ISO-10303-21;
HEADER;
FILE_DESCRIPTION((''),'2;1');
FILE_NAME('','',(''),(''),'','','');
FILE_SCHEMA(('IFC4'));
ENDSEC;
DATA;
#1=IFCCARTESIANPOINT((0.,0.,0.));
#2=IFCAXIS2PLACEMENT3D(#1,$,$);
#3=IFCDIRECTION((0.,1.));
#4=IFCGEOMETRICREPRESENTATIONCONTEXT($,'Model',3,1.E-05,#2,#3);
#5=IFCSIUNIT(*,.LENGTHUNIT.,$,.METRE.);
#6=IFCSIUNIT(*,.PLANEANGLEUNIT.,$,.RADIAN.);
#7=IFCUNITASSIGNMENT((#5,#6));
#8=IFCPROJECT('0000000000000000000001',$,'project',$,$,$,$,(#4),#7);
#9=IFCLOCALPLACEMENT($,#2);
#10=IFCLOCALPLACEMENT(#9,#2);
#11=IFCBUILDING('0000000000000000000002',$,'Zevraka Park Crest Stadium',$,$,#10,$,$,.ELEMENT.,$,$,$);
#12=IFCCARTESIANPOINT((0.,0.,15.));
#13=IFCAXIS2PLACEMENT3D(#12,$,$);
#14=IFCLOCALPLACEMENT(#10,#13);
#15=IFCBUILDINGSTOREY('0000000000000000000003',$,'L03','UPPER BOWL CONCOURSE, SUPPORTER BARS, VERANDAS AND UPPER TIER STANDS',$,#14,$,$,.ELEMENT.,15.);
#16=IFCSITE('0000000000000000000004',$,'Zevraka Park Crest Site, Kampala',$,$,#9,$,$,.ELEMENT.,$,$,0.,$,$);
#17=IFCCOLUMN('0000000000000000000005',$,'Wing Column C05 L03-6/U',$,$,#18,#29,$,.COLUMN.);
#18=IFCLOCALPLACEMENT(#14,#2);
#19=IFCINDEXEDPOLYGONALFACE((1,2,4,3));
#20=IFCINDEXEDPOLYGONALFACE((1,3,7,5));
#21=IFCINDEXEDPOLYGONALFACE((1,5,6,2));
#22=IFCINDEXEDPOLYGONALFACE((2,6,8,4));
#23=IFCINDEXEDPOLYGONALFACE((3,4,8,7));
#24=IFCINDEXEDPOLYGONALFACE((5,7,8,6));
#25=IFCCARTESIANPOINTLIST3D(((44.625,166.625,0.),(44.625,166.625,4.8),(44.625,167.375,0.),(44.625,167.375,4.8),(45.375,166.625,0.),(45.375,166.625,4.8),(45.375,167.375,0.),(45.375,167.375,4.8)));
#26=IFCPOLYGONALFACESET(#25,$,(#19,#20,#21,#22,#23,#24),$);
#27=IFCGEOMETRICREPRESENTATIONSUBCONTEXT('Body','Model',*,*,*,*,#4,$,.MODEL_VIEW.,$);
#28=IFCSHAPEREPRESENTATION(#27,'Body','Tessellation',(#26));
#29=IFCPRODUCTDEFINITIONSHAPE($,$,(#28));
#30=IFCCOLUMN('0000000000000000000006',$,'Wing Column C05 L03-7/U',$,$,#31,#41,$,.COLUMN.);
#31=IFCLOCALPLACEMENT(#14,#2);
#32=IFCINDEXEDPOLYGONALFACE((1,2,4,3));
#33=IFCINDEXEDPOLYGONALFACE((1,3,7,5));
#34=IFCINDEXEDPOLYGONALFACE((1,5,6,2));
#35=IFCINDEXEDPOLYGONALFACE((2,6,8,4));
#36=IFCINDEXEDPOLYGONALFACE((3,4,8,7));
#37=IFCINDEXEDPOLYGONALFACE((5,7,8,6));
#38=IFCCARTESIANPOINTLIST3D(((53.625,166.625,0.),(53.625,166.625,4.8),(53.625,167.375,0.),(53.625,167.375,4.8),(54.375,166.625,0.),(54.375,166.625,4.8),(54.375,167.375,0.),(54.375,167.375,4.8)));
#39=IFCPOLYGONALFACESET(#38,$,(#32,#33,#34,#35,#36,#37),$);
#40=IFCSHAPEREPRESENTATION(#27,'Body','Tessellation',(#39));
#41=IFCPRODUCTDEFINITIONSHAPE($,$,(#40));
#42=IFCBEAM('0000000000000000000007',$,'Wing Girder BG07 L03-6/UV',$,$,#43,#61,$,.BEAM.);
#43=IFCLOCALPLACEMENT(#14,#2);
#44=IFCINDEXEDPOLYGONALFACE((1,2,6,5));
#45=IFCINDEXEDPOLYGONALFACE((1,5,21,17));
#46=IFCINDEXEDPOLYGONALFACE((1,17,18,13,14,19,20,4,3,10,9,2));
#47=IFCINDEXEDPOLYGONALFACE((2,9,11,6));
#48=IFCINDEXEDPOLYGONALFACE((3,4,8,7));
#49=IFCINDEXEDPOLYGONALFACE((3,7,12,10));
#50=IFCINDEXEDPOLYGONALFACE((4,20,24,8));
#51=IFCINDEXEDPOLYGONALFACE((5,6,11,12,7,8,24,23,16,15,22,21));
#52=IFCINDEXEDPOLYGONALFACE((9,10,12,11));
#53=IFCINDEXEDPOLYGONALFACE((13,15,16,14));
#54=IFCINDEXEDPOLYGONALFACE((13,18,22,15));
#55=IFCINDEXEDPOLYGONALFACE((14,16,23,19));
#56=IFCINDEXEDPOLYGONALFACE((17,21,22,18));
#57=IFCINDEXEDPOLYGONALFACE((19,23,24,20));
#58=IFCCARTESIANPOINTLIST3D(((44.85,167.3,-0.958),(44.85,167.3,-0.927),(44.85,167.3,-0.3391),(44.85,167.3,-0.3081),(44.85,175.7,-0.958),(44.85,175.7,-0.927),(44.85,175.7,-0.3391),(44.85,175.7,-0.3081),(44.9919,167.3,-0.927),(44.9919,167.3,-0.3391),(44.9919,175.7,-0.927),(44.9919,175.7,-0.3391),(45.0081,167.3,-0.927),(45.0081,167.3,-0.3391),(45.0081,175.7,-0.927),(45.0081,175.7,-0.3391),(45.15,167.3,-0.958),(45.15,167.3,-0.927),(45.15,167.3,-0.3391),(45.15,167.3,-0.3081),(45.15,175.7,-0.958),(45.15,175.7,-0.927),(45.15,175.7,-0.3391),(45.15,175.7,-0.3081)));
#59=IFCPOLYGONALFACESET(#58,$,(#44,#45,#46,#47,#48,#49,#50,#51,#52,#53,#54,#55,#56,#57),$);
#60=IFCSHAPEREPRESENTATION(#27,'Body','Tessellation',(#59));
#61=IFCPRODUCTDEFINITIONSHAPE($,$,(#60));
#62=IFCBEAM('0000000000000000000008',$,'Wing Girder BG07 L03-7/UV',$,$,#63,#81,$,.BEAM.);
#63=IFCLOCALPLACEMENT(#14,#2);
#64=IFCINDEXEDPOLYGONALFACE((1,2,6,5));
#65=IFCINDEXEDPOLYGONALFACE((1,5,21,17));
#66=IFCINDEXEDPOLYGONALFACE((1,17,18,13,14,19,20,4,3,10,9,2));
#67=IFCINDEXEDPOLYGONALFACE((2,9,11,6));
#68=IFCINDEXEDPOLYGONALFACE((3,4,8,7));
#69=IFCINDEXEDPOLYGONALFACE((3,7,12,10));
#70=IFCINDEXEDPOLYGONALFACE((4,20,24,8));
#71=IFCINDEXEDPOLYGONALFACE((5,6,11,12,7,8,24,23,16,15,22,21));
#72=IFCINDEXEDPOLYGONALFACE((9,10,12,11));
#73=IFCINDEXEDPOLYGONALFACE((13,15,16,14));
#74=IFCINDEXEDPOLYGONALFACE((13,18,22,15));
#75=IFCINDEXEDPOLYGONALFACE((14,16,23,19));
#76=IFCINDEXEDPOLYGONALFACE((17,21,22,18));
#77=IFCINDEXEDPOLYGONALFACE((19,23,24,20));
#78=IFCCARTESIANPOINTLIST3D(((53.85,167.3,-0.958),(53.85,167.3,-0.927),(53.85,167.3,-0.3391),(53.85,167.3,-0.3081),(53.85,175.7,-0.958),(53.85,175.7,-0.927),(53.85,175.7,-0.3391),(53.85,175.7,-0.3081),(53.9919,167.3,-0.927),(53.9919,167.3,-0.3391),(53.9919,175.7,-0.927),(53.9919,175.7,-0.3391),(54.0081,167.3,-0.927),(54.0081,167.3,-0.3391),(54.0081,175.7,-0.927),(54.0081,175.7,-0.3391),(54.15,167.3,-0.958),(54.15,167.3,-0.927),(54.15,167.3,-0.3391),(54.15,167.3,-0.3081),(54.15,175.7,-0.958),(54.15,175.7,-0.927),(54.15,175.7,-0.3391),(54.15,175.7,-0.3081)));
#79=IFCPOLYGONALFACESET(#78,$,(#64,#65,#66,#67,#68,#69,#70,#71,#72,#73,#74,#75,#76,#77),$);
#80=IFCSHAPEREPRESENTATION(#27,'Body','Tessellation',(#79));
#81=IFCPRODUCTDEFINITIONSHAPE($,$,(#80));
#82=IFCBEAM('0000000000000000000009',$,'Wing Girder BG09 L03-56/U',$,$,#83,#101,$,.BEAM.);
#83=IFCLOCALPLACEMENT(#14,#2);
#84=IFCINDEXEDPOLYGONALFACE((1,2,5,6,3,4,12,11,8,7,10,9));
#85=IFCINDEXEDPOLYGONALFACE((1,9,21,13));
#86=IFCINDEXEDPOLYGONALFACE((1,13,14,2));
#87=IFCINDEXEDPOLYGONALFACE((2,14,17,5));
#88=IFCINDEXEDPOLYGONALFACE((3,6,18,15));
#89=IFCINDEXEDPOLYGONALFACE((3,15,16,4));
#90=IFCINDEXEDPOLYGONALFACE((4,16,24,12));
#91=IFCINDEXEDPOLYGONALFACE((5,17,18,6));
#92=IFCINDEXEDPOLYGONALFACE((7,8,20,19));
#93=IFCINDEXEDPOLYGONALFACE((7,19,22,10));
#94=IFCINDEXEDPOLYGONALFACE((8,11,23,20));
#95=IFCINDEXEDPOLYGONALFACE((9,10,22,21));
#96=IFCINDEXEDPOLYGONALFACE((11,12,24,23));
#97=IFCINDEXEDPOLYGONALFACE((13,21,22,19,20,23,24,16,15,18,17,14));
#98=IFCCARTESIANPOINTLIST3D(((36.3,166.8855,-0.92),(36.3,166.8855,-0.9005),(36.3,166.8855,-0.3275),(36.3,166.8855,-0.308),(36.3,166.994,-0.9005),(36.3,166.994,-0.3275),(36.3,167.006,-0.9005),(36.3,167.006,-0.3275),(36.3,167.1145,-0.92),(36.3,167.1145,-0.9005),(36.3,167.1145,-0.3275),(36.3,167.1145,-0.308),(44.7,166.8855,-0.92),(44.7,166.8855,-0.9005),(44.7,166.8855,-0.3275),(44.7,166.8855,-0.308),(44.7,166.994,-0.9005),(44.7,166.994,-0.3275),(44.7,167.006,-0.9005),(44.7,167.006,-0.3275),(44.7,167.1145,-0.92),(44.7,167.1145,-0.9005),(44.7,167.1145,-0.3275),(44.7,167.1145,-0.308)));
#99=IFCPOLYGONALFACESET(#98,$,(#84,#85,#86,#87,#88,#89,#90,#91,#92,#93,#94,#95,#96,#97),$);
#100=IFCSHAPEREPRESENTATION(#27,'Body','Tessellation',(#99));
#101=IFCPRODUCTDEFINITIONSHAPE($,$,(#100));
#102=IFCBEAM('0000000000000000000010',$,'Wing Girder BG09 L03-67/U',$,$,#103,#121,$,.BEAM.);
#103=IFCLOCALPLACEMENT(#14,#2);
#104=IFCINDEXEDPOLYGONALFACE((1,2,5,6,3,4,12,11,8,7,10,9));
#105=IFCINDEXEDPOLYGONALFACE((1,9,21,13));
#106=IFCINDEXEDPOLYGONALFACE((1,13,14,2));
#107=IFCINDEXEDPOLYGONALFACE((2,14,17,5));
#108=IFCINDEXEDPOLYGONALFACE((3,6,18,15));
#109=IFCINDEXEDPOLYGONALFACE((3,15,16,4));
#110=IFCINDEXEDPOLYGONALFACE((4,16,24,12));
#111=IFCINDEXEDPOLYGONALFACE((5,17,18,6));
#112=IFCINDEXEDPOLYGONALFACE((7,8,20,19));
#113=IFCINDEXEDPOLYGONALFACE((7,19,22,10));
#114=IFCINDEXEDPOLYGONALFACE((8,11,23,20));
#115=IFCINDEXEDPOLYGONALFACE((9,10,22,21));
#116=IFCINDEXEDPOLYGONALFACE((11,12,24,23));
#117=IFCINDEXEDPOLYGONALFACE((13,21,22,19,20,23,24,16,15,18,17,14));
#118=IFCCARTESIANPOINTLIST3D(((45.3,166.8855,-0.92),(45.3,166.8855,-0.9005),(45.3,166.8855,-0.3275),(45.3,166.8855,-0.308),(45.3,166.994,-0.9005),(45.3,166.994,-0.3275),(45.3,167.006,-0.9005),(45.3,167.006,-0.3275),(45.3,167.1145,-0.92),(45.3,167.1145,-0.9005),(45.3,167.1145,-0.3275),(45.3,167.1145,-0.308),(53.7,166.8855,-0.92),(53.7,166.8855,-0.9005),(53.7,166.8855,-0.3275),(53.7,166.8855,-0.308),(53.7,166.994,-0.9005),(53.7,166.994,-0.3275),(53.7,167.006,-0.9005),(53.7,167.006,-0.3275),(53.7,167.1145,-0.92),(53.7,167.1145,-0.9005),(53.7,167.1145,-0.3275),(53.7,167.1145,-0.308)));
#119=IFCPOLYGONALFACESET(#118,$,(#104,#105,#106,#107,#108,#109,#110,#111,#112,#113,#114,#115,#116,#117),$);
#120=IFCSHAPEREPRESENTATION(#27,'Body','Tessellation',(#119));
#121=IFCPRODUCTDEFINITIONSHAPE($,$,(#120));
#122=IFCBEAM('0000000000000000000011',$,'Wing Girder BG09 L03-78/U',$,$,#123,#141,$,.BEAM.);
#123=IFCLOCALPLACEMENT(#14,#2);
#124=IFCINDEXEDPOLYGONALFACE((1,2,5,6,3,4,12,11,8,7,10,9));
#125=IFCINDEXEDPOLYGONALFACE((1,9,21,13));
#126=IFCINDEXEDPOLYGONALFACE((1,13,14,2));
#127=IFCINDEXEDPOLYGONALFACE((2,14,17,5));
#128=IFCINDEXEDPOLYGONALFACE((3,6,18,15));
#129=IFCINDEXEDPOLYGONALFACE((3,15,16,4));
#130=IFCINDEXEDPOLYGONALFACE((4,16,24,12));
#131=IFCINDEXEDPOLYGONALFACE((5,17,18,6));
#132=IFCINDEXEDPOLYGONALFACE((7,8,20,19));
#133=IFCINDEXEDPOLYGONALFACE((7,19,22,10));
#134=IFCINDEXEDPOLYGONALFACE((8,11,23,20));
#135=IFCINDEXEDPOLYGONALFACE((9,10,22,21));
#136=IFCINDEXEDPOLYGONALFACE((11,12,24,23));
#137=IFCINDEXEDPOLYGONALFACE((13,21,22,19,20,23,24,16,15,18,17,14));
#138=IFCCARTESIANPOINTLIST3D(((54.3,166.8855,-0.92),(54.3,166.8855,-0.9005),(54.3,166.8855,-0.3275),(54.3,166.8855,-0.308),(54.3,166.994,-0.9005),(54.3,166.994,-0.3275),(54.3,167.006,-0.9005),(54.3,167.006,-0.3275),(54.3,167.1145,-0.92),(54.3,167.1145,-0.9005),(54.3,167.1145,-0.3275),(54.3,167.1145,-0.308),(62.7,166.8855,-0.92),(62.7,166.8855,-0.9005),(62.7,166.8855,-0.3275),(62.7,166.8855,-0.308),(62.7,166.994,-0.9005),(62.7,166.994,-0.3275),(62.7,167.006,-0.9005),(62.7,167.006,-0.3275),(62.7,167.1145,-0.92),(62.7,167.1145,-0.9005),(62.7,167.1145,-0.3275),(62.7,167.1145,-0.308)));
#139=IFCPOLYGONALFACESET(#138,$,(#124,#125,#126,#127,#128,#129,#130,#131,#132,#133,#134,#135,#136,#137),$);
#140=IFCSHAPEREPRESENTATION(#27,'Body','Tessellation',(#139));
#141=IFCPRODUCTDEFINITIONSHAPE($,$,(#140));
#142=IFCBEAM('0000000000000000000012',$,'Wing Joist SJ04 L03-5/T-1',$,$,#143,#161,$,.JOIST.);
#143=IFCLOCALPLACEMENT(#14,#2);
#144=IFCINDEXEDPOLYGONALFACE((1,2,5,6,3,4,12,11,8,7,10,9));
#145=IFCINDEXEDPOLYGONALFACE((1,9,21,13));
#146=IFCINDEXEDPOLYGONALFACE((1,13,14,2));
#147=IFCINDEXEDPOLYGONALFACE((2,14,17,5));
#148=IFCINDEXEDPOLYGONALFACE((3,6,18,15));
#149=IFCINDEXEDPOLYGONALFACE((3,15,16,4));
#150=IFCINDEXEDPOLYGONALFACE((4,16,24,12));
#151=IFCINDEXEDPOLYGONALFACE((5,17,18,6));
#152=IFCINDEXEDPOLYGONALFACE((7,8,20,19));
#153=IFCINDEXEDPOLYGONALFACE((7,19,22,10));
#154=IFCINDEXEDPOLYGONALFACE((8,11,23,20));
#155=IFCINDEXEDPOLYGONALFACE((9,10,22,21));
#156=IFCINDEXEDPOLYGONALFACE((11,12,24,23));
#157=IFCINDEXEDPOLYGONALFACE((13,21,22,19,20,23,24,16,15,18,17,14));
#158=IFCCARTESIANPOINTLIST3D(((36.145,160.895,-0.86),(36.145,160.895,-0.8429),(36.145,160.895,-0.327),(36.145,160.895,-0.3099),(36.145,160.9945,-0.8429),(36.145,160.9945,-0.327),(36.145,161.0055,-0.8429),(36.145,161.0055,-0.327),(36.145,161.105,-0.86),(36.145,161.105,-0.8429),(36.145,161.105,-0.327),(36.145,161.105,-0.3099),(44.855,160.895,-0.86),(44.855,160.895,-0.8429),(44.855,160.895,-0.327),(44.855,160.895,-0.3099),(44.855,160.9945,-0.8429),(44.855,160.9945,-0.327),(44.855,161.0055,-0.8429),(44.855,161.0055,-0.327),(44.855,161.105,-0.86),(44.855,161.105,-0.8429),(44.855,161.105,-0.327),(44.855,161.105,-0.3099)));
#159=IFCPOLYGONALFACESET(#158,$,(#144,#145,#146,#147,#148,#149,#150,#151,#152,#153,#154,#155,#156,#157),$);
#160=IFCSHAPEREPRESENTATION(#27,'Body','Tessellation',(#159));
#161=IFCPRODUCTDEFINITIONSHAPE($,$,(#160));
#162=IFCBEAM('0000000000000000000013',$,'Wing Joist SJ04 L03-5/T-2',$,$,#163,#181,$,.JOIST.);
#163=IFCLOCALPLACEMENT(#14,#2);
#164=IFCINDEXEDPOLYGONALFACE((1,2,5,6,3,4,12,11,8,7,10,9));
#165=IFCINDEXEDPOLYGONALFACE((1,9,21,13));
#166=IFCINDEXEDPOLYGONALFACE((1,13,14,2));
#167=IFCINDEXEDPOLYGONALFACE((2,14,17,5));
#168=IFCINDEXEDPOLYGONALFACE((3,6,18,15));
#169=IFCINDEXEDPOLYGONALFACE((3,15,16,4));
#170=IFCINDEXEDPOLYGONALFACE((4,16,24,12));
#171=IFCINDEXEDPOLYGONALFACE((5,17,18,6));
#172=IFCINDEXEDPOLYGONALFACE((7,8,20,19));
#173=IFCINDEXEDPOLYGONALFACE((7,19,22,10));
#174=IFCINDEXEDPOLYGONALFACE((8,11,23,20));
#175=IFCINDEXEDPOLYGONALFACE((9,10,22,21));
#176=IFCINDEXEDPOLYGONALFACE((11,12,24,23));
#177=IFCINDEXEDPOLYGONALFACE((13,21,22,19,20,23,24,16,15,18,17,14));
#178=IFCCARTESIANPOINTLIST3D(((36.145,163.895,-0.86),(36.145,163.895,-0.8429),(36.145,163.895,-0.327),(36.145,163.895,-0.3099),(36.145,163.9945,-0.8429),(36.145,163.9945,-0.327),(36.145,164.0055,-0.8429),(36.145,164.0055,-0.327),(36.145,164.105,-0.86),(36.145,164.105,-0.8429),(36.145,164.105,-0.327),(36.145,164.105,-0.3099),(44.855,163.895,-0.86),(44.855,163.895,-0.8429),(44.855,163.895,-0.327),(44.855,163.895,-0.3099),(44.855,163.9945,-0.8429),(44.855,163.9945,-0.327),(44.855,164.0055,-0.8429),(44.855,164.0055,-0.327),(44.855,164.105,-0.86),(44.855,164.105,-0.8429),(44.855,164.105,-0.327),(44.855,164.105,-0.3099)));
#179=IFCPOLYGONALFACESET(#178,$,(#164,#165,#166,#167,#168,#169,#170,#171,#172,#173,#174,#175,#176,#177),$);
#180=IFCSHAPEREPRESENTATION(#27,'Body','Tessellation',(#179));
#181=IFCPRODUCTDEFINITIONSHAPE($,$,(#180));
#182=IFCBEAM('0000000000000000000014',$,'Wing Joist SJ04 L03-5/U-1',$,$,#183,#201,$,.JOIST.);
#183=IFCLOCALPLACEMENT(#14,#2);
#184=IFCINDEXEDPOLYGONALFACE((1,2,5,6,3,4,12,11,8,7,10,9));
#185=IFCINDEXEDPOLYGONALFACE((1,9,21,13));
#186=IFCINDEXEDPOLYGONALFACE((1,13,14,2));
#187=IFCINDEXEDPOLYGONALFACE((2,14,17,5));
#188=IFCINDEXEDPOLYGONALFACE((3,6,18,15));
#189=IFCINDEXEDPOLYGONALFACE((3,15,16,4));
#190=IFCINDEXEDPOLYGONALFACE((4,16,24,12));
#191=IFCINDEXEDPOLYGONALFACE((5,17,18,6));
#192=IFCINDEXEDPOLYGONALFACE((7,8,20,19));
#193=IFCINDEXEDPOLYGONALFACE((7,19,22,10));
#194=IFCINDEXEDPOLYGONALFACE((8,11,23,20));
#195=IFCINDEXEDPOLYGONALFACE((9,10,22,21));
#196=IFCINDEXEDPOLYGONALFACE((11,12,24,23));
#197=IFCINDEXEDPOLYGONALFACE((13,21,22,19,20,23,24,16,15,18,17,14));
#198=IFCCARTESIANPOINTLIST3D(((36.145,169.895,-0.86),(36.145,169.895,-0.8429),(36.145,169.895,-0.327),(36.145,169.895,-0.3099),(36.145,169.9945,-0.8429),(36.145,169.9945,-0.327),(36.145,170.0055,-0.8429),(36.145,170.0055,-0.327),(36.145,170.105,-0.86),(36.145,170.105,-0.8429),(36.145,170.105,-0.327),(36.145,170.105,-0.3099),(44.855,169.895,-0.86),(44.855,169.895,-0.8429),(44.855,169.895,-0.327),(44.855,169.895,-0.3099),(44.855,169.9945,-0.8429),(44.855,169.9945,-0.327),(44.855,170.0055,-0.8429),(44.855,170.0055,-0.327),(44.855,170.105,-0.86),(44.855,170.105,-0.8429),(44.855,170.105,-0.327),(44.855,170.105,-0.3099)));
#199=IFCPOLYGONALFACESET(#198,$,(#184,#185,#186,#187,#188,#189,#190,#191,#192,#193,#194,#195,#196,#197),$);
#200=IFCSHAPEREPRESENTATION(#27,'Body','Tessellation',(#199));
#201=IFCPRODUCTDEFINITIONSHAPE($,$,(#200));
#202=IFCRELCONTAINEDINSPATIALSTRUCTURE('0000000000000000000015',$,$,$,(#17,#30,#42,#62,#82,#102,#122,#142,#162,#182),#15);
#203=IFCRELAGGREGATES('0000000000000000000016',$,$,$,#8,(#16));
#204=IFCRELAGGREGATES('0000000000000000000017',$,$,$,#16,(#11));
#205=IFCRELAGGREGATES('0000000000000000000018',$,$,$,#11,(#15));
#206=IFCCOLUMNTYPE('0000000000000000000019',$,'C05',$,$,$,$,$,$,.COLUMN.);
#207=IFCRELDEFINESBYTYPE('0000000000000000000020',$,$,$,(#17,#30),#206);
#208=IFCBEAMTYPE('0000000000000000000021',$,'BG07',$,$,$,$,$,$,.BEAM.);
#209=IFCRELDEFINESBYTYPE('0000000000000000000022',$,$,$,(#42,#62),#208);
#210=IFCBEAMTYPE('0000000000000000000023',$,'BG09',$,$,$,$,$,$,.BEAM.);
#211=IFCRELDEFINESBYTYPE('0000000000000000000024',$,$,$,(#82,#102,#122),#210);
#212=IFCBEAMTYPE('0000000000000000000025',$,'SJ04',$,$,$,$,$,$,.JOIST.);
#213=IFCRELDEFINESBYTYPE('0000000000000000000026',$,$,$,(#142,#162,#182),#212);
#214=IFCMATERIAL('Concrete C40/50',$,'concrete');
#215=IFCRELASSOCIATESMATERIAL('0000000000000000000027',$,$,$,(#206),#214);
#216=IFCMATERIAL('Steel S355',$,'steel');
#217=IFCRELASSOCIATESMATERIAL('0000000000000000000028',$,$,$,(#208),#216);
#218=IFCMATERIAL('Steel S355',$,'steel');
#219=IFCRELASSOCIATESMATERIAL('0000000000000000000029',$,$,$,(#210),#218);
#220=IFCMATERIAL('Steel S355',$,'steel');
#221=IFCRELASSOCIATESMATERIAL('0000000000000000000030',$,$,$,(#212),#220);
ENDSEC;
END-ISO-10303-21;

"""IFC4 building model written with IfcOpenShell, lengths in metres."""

from ifc_helpers import new_model, si_unit, direction, frame, origin, origin_2d, place, context, subcontext, project, spatial, rectangle, i_section, extrude, material, material_profile, profile_set, type_object, element, save


model = new_model("IFC4")

# Units and contexts
model_context = context("Model", 3, precision=1e-05, world=origin(), true_north=direction((0.0, 1.0)))
body_context = subcontext(model_context, "Body", "Model", "MODEL_VIEW")
ifc_project = project(units=[si_unit("LENGTHUNIT", "METRE"), si_unit("PLANEANGLEUNIT", "RADIAN")], contexts=[model_context])

# Site, building, storey
site_placement = place(None, origin())
site = spatial("IfcSite", under=ifc_project, at=site_placement, Name="Zevraka Park Crest Site, Kampala", CompositionType="ELEMENT", RefElevation=0.0)
building_placement = place(site_placement, origin())
building = spatial("IfcBuilding", under=site, at=building_placement, Name="Zevraka Park Crest Stadium", CompositionType="ELEMENT")
storey_placement = place(building_placement, frame((0.0, 0.0, 15.0)))
storey = spatial("IfcBuildingStorey", under=building, at=storey_placement, Name="L03", Description="UPPER BOWL CONCOURSE, SUPPORTER BARS, VERANDAS AND UPPER TIER STANDS", CompositionType="ELEMENT", Elevation=15.0)

# Columns
ifc_material_1 = material(Name="Concrete C40/50", Category="concrete")
ifc_material_profile_1 = material_profile(ifc_material_1, rectangle(XDim=0.75, YDim=0.75, at=origin_2d()), Name="RC 750x750")
ifc_profile_set_1 = profile_set([ifc_material_profile_1], Name="Concrete C40/50")
column_type = type_object("IfcColumnType", Name="C05", PredefinedType="COLUMN", material=ifc_profile_set_1)
for number, where, z_axis, x_axis, name in (
    (1, (45.0, 167.0, 0.0), (0.0, 0.0, 1.0), (1.0, 0.0, 0.0), "Wing Column C05 L03-6/U"),
    (2, (54.0, 167.0, 0.0), (0.0, 0.0, 1.0), (1.0, 0.0, 0.0), "Wing Column C05 L03-7/U"),
):
    element("IfcColumn", number, at=place(storey_placement, frame(where, z_axis=z_axis, x_axis=x_axis)), inside=storey, type_object=column_type, Name=name, PredefinedType="COLUMN", context=body_context, shape_type="SweptSolid", body=[
        extrude(rectangle(XDim=0.75, YDim=0.75, at=origin_2d()), origin(), (0.0, 0.0, 1.0), 4.8),
    ])

# Beams
ifc_material_2 = material(Name="Steel S355", Category="steel")
ifc_material_profile_2 = material_profile(ifc_material_2, i_section(OverallWidth=0.3, OverallDepth=0.6499, WebThickness=0.0161, FlangeThickness=0.031, at=origin_2d()), Name="HEB 650")
ifc_profile_set_2 = profile_set([ifc_material_profile_2], Name="Steel S355")
beam_type_1 = type_object("IfcBeamType", Name="BG07", PredefinedType="BEAM", material=ifc_profile_set_2)
for number, where, z_axis, x_axis, name in (
    (3, (45.0, 167.3, -0.6331), (0.0, 1.0, 0.0), (-1.0, 0.0, 0.0), "Wing Girder BG07 L03-6/UV"),
    (4, (54.0, 167.3, -0.6331), (0.0, 1.0, 0.0), (-1.0, 0.0, 0.0), "Wing Girder BG07 L03-7/UV"),
):
    element("IfcBeam", number, at=place(storey_placement, frame(where, z_axis=z_axis, x_axis=x_axis)), inside=storey, type_object=beam_type_1, Name=name, PredefinedType="BEAM", context=body_context, shape_type="SweptSolid", body=[
        extrude(i_section(OverallWidth=0.3, OverallDepth=0.6499, WebThickness=0.0161, FlangeThickness=0.031, at=origin_2d()), origin(), (0.0, 0.0, 1.0), 8.3999),
    ])
ifc_material_3 = material(Name="Steel S355", Category="steel")
ifc_material_profile_3 = material_profile(ifc_material_3, i_section(OverallWidth=0.229, OverallDepth=0.6121, WebThickness=0.012, FlangeThickness=0.0195, at=origin_2d()), Name="UKB 610x229x125")
ifc_profile_set_3 = profile_set([ifc_material_profile_3], Name="Steel S355")
beam_type_2 = type_object("IfcBeamType", Name="BG09", PredefinedType="BEAM", material=ifc_profile_set_3)
for number, where, z_axis, x_axis, name in (
    (5, (36.3, 167.0, -0.614), (1.0, 0.0, 0.0), (0.0, 1.0, 0.0), "Wing Girder BG09 L03-56/U"),
    (6, (45.3, 167.0, -0.614), (1.0, 0.0, 0.0), (0.0, 1.0, 0.0), "Wing Girder BG09 L03-67/U"),
    (7, (54.3, 167.0, -0.614), (1.0, 0.0, 0.0), (0.0, 1.0, 0.0), "Wing Girder BG09 L03-78/U"),
):
    element("IfcBeam", number, at=place(storey_placement, frame(where, z_axis=z_axis, x_axis=x_axis)), inside=storey, type_object=beam_type_2, Name=name, PredefinedType="BEAM", context=body_context, shape_type="SweptSolid", body=[
        extrude(i_section(OverallWidth=0.229, OverallDepth=0.6121, WebThickness=0.012, FlangeThickness=0.0195, at=origin_2d()), origin(), (0.0, 0.0, 1.0), 8.3999),
    ])
ifc_material_4 = material(Name="Steel S355", Category="steel")
ifc_material_profile_4 = material_profile(ifc_material_4, i_section(OverallWidth=0.21, OverallDepth=0.55, WebThickness=0.011, FlangeThickness=0.0171, at=origin_2d()), Name="IPE 550")
ifc_profile_set_4 = profile_set([ifc_material_profile_4], Name="Steel S355")
beam_type_3 = type_object("IfcBeamType", Name="SJ04", PredefinedType="JOIST", material=ifc_profile_set_4)
for number, where, z_axis, x_axis, name in (
    (8, (36.145, 161.0, -0.585), (1.0, 0.0, 0.0), (0.0, 1.0, 0.0), "Wing Joist SJ04 L03-5/T-1"),
    (9, (36.145, 164.0, -0.585), (1.0, 0.0, 0.0), (0.0, 1.0, 0.0), "Wing Joist SJ04 L03-5/T-2"),
    (10, (36.145, 170.0, -0.585), (1.0, 0.0, 0.0), (0.0, 1.0, 0.0), "Wing Joist SJ04 L03-5/U-1"),
):
    element("IfcBeam", number, at=place(storey_placement, frame(where, z_axis=z_axis, x_axis=x_axis)), inside=storey, type_object=beam_type_3, Name=name, PredefinedType="JOIST", context=body_context, shape_type="SweptSolid", body=[
        extrude(i_section(OverallWidth=0.21, OverallDepth=0.55, WebThickness=0.011, FlangeThickness=0.0171, at=origin_2d()), origin(), (0.0, 0.0, 1.0), 8.71),
    ])

save(model, "model.ifc")
